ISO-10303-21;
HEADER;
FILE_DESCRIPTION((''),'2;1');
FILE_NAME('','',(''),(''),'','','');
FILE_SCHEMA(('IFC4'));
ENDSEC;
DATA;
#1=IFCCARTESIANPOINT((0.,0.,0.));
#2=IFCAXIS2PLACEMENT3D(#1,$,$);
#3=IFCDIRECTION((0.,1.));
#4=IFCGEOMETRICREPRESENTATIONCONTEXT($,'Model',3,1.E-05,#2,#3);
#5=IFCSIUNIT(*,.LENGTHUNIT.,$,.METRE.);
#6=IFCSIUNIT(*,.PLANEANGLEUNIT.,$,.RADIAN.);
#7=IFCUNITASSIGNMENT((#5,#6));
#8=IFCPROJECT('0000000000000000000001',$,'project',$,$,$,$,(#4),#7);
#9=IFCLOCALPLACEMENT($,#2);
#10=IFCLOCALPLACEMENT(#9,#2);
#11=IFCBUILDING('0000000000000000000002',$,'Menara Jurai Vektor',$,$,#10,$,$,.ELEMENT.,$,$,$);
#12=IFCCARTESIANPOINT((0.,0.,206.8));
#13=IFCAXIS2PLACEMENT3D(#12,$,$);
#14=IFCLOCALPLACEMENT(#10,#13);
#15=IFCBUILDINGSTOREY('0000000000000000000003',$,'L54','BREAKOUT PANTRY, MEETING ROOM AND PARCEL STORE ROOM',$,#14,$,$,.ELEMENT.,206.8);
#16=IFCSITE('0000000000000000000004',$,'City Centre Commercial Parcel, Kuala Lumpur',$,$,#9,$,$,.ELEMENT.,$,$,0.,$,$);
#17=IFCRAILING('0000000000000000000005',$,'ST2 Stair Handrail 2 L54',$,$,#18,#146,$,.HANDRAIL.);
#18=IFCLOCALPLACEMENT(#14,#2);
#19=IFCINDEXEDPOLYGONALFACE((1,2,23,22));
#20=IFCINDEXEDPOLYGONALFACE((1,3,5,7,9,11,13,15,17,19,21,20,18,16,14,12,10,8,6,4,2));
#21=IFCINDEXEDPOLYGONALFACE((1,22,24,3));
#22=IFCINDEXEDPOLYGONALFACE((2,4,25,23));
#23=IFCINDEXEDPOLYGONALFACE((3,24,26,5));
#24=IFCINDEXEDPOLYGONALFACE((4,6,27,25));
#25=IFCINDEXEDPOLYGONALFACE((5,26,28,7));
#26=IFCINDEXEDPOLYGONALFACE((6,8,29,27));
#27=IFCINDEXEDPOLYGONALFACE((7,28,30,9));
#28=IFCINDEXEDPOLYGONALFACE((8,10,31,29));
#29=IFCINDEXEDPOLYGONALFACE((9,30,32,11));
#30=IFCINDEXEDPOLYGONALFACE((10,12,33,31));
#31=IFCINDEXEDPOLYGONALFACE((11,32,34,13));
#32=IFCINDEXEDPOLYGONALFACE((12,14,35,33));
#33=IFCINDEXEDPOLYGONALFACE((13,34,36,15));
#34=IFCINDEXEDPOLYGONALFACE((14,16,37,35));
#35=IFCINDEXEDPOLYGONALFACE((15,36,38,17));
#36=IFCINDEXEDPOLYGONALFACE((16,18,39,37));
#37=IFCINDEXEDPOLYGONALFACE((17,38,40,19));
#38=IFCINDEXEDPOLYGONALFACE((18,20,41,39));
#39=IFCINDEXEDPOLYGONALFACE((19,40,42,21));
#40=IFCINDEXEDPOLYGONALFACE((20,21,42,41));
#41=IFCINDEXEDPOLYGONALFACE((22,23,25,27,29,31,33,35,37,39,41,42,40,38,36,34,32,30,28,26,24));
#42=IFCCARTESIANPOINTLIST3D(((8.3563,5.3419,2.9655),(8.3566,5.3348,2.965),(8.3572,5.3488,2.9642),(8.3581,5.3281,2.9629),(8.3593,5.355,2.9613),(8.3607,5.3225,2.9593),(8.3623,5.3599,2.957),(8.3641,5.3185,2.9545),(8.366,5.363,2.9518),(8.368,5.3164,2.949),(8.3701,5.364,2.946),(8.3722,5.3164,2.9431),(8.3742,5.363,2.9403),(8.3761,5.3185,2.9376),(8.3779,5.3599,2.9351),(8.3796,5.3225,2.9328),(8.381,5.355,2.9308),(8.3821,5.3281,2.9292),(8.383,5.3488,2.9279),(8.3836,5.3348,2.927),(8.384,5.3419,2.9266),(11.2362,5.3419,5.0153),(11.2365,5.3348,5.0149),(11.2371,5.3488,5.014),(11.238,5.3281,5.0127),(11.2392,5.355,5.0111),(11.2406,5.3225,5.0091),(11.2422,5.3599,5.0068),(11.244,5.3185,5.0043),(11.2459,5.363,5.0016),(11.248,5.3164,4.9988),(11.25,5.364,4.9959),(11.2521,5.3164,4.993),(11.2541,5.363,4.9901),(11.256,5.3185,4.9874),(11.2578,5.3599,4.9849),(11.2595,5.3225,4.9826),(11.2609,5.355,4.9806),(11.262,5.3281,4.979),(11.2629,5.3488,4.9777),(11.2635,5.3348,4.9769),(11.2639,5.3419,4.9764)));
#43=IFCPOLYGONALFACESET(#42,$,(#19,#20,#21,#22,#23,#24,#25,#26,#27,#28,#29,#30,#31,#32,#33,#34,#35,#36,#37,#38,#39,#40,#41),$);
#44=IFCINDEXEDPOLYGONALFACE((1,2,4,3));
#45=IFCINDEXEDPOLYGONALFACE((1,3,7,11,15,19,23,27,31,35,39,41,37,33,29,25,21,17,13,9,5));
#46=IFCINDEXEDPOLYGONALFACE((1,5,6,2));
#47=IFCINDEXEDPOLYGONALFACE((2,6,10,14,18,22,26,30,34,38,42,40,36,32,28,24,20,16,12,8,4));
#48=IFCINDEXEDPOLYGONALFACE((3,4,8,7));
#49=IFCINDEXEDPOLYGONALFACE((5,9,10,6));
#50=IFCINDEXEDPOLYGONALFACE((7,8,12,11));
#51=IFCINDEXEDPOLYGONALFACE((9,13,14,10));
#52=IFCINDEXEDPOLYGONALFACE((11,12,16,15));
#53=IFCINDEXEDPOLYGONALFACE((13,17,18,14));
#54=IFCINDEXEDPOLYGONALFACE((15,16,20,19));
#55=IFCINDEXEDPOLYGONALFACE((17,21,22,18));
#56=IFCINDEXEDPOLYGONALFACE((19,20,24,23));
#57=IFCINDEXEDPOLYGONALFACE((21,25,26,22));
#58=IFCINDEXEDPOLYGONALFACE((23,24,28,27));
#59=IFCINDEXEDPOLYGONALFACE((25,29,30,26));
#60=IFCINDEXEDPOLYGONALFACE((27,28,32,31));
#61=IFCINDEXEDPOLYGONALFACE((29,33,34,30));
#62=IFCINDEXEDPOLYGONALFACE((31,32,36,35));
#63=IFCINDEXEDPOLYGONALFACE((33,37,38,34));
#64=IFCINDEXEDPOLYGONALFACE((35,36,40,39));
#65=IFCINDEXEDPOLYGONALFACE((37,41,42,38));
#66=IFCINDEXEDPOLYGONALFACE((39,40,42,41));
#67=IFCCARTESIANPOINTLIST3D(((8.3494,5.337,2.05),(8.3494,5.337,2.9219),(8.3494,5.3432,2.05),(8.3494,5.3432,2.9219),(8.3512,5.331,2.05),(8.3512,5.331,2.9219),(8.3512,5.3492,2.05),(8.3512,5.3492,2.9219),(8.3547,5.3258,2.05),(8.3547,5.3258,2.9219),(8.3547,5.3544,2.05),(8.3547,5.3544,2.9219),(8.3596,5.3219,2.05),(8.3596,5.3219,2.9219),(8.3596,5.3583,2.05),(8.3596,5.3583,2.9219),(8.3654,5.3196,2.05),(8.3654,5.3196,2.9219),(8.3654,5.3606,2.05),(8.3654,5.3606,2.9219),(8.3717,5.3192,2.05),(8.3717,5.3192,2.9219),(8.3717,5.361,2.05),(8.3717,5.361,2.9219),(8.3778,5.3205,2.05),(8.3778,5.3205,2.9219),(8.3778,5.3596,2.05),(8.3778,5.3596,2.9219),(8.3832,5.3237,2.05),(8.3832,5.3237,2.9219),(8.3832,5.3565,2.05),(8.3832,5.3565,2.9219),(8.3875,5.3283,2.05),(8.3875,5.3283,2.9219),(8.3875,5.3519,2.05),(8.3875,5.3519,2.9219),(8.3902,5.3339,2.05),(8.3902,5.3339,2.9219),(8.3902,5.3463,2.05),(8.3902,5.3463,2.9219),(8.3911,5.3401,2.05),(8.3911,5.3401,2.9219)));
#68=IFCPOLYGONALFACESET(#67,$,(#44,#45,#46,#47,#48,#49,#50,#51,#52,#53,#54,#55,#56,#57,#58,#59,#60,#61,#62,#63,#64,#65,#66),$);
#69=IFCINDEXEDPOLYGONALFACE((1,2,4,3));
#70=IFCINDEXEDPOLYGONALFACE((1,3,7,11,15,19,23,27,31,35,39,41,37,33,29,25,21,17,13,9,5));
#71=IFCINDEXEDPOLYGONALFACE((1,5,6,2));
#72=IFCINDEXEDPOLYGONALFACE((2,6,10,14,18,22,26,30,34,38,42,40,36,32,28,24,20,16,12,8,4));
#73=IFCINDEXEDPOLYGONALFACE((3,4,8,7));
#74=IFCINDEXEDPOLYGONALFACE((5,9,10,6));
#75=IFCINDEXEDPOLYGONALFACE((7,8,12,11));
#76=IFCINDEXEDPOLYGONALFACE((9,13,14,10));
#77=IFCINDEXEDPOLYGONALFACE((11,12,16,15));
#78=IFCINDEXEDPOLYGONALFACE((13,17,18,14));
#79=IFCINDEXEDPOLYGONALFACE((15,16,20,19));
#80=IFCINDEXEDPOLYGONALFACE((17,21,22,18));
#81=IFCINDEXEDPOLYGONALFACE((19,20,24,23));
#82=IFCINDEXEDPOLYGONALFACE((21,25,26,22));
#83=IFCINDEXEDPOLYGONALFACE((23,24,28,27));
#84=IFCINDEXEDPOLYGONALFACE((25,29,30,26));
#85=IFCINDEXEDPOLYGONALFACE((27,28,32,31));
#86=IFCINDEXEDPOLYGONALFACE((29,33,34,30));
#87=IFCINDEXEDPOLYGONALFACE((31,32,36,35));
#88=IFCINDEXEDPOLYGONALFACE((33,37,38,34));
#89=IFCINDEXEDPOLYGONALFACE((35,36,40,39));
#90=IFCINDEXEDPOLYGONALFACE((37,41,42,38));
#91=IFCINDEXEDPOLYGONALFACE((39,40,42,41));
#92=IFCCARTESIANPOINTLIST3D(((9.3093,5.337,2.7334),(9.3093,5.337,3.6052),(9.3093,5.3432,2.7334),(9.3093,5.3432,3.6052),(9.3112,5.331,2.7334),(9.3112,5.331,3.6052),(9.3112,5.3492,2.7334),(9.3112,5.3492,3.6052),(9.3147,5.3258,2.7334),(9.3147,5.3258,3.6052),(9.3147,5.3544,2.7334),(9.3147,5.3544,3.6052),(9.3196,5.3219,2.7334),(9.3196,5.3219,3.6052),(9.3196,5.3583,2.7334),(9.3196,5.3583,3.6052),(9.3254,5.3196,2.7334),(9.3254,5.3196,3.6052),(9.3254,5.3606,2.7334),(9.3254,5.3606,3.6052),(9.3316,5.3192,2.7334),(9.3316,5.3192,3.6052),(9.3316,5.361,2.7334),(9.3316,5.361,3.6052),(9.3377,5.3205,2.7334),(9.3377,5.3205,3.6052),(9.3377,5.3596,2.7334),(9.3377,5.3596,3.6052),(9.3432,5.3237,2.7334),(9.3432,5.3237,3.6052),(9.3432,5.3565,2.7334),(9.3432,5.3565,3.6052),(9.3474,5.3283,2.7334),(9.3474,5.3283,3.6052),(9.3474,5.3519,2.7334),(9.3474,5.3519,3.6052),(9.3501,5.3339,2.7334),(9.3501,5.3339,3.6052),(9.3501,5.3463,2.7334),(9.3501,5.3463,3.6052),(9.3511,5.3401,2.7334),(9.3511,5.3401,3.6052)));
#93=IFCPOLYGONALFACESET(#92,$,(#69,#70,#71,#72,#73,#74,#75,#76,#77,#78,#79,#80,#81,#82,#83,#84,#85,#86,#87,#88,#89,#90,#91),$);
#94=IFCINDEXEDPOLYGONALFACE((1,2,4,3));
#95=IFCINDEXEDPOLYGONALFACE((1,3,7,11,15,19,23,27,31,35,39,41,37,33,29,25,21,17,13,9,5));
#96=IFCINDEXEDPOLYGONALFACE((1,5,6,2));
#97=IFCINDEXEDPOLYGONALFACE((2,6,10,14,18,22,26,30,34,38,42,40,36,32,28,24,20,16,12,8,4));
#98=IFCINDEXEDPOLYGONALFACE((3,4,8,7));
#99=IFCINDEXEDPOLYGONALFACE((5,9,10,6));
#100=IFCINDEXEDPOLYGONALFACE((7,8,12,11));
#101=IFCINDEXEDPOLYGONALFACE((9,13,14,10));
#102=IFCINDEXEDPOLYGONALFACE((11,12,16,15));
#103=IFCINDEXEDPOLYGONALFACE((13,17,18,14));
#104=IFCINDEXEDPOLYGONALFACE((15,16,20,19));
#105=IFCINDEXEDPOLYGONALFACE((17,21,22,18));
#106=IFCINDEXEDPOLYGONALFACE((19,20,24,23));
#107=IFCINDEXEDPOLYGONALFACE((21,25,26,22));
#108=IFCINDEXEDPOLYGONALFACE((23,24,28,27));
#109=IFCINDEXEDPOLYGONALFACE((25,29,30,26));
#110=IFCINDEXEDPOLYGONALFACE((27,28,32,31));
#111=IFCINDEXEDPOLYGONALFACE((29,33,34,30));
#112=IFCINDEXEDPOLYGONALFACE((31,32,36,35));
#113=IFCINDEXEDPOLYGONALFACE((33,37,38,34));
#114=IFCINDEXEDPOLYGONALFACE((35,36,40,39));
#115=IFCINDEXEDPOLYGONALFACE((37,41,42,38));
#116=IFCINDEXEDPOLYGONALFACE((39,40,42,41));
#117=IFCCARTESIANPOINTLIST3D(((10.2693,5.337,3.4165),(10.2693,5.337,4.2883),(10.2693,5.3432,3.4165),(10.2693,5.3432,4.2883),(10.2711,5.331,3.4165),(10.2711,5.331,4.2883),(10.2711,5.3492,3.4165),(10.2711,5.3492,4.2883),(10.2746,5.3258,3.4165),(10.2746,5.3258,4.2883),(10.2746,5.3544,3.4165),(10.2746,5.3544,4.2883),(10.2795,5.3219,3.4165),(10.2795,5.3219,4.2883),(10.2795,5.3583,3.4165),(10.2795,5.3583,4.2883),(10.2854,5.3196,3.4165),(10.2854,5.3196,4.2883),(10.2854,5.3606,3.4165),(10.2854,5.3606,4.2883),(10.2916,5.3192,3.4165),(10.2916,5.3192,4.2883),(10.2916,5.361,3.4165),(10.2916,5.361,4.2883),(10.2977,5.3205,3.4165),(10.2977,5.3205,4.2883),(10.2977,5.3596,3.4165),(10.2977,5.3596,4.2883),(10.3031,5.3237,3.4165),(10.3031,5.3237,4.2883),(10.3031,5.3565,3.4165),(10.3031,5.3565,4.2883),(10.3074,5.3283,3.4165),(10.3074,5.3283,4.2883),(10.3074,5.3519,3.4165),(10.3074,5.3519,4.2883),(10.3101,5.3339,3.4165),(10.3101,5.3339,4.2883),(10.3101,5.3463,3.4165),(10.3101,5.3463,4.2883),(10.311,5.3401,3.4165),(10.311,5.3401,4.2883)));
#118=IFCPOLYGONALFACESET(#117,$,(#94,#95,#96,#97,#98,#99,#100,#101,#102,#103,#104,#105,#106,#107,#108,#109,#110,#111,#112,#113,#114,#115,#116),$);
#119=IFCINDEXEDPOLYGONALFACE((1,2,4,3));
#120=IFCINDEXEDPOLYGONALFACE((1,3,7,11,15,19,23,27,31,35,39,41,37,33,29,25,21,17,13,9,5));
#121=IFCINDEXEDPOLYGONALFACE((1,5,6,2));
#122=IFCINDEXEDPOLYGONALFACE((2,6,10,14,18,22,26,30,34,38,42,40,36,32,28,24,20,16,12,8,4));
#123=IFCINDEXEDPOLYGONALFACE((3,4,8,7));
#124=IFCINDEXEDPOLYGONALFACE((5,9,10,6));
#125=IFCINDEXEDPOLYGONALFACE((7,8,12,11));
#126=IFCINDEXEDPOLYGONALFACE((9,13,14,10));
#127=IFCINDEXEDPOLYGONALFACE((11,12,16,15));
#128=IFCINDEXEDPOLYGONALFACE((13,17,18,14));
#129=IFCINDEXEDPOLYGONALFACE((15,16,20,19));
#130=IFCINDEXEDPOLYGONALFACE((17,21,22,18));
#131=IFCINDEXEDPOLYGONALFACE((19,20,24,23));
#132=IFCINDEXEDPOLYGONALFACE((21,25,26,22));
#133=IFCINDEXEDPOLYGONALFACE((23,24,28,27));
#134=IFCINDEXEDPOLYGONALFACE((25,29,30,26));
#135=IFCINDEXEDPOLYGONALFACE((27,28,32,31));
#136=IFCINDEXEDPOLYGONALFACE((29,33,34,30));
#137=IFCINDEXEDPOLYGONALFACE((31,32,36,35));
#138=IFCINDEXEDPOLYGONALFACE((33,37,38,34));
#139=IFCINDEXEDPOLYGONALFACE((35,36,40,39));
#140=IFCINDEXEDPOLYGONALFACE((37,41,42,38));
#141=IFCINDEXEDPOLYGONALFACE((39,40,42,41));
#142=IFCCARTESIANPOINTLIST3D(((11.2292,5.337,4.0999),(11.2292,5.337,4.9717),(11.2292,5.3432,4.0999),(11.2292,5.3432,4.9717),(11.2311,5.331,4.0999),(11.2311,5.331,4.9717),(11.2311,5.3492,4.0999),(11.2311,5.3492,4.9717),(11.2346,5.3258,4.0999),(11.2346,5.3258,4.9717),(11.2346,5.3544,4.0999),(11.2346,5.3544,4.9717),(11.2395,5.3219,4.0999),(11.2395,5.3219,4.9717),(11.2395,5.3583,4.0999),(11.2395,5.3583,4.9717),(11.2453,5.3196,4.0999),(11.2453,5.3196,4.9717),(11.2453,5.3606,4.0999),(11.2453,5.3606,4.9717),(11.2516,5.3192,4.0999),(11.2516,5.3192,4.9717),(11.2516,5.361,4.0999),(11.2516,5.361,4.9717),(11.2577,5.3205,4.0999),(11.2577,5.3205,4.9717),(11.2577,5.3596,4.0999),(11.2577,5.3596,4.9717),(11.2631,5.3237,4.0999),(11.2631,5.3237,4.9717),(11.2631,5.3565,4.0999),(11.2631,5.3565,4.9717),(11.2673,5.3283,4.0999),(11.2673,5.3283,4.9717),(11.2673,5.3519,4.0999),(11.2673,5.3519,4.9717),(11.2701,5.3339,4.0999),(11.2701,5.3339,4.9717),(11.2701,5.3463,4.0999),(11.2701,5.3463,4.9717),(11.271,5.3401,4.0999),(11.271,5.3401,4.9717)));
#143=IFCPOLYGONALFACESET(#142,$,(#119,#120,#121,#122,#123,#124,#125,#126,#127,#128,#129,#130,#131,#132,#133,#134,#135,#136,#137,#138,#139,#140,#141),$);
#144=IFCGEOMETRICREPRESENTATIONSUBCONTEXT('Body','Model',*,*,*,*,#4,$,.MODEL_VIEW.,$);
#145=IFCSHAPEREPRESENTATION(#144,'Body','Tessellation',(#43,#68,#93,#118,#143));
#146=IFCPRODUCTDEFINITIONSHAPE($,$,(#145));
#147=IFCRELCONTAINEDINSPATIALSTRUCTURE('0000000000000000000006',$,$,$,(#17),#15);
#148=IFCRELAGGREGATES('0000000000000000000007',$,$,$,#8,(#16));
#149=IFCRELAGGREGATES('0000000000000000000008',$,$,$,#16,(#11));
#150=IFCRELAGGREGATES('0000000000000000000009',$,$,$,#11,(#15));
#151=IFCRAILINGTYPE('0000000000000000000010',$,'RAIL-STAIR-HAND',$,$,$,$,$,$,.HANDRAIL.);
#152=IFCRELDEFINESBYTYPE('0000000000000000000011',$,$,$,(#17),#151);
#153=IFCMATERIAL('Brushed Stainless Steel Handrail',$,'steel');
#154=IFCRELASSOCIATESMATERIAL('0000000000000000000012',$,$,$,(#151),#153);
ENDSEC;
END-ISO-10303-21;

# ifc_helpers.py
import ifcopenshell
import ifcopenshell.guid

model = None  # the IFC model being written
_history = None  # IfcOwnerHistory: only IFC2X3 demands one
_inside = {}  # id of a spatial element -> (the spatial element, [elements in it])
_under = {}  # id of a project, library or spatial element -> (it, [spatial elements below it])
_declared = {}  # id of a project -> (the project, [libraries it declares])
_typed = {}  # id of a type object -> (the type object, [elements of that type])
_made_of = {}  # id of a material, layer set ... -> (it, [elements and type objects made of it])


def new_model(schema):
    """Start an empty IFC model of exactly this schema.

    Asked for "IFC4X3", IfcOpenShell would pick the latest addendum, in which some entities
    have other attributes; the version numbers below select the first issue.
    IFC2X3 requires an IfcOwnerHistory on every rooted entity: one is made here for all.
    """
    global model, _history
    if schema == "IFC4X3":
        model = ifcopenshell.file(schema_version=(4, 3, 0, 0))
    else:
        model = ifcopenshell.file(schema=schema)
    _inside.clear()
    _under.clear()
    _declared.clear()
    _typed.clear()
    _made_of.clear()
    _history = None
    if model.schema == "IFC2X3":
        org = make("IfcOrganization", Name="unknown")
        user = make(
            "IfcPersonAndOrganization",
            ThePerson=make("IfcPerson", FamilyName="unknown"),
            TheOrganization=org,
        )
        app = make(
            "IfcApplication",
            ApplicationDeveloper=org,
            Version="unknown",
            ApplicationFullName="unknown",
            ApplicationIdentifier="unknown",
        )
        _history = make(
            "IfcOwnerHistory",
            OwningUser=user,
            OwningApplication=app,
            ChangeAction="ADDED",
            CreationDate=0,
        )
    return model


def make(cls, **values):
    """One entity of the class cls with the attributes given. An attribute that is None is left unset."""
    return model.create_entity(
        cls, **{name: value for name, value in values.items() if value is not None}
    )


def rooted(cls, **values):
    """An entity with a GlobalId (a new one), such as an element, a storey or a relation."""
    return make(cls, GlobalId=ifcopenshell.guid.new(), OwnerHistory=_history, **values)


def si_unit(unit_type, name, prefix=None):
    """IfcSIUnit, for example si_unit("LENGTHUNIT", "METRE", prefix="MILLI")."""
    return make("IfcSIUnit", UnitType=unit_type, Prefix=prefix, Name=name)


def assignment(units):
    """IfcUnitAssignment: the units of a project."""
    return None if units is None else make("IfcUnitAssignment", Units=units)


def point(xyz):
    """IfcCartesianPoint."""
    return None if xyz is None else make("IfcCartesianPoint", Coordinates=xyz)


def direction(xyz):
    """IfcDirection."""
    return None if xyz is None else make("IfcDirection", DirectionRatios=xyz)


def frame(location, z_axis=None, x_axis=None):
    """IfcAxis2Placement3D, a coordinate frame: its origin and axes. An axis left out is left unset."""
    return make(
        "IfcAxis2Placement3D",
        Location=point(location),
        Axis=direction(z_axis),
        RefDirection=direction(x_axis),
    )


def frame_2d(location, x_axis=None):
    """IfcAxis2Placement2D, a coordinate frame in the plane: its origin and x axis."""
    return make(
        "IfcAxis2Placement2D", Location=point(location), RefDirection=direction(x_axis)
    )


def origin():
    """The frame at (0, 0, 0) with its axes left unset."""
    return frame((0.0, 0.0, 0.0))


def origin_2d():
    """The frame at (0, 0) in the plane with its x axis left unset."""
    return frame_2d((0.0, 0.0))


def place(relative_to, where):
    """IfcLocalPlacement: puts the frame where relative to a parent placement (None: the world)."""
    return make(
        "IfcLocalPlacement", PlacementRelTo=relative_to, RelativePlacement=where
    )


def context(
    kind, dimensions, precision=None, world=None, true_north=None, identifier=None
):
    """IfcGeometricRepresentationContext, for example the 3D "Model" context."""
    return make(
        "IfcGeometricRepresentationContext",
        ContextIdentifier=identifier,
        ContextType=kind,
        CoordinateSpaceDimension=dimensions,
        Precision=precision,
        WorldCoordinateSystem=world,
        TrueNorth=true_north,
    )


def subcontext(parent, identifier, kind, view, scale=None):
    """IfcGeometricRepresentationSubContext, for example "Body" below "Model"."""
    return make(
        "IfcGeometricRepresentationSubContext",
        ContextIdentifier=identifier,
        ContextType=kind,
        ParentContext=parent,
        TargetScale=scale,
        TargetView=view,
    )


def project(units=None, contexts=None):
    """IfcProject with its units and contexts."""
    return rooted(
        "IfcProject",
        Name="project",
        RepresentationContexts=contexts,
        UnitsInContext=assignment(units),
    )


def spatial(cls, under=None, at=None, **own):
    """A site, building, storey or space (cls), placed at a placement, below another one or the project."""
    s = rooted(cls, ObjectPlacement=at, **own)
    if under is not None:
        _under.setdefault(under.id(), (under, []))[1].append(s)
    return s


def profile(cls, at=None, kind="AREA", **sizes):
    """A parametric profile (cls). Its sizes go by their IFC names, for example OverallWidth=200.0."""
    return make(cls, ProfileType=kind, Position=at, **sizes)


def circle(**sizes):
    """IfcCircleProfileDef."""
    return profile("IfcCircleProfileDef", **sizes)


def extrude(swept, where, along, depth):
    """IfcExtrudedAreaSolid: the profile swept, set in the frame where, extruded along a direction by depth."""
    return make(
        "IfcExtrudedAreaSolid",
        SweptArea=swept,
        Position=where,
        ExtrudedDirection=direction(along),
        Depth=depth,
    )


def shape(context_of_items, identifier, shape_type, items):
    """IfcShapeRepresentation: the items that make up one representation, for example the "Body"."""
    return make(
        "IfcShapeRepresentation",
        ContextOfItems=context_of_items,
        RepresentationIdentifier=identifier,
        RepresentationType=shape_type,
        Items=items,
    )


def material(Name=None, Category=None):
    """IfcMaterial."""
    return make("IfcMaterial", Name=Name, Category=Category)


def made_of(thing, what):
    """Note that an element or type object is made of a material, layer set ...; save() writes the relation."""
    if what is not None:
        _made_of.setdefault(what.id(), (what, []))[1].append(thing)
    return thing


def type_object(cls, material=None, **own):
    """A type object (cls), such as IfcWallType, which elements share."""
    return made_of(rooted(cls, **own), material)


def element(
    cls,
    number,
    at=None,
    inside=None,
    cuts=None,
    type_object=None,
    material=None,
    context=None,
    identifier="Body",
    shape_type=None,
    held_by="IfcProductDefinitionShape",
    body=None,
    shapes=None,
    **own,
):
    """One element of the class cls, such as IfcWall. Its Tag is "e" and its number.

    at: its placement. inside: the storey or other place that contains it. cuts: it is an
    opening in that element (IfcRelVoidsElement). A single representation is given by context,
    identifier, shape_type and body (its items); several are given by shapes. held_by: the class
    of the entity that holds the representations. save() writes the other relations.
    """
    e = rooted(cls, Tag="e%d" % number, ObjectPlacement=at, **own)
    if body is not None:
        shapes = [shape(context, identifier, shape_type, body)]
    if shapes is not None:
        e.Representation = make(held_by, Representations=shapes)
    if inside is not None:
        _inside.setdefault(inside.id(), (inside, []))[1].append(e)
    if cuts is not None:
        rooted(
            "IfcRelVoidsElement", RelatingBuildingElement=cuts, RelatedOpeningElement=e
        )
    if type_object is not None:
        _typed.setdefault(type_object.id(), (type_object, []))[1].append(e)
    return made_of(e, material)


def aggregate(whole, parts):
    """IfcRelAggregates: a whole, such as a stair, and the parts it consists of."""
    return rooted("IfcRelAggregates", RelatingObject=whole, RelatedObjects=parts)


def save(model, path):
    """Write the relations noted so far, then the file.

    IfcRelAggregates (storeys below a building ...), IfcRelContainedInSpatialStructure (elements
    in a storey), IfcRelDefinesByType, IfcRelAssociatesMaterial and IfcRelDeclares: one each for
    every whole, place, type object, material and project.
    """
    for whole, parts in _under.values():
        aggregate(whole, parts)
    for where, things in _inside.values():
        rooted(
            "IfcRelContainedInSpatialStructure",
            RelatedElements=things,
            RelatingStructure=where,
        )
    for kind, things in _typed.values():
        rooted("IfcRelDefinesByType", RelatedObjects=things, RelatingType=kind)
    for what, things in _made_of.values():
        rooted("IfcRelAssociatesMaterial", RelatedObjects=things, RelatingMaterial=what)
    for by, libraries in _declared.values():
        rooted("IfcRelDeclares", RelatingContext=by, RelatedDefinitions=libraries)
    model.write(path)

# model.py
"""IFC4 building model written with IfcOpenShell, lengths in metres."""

from ifc_helpers import new_model, si_unit, direction, frame, origin, origin_2d, place, context, subcontext, project, spatial, circle, extrude, material, type_object, element, save


model = new_model("IFC4")

# Units and contexts
model_context = context("Model", 3, precision=1e-05, world=origin(), true_north=direction((0.0, 1.0)))
body_context = subcontext(model_context, "Body", "Model", "MODEL_VIEW")
ifc_project = project(units=[si_unit("LENGTHUNIT", "METRE"), si_unit("PLANEANGLEUNIT", "RADIAN")], contexts=[model_context])

# Site, building, storey
site_placement = place(None, origin())
site = spatial("IfcSite", under=ifc_project, at=site_placement, Name="City Centre Commercial Parcel, Kuala Lumpur", CompositionType="ELEMENT", RefElevation=0.0)
building_placement = place(site_placement, origin())
building = spatial("IfcBuilding", under=site, at=building_placement, Name="Menara Jurai Vektor", CompositionType="ELEMENT")
storey_placement = place(building_placement, frame((0.0, 0.0, 206.8)))
storey = spatial("IfcBuildingStorey", under=building, at=storey_placement, Name="L54", Description="BREAKOUT PANTRY, MEETING ROOM AND PARCEL STORE ROOM", CompositionType="ELEMENT", Elevation=206.8)

# Railing
ifc_material_1 = material(Name="Brushed Stainless Steel Handrail", Category="steel")
railing_type_1 = type_object("IfcRailingType", Name="RAIL-STAIR-HAND", PredefinedType="HANDRAIL", material=ifc_material_1)
railing_1_placement = place(storey_placement, frame((8.3701, 5.3401, 2.05)))
element("IfcRailing", 1, at=railing_1_placement, inside=storey, type_object=railing_type_1, Name="ST2 Stair Handrail 2 L54", PredefinedType="HANDRAIL", context=body_context, shape_type="SweptSolid", body=[
    extrude(circle(Radius=0.0239, at=origin_2d()), frame((0.0, 0.0, 0.896), z_axis=(0.814703, 0.0, 0.579878), x_axis=(0.0, 1.0, 0.0)), (0.0, 0.0, 1.0), 3.5349),
    extrude(circle(Radius=0.021, at=origin_2d()), origin(), (0.0, 0.0, 1.0), 0.8718),
    extrude(circle(Radius=0.021, at=origin_2d()), frame((0.96, 0.0, 0.6833)), (0.0, 0.0, 1.0), 0.8718),
    extrude(circle(Radius=0.021, at=origin_2d()), frame((1.9199, 0.0, 1.3665)), (0.0, 0.0, 1.0), 0.8718),
    extrude(circle(Radius=0.021, at=origin_2d()), frame((2.8799, 0.0, 2.0498)), (0.0, 0.0, 1.0), 0.8718),
])

save(model, "model.ifc")
